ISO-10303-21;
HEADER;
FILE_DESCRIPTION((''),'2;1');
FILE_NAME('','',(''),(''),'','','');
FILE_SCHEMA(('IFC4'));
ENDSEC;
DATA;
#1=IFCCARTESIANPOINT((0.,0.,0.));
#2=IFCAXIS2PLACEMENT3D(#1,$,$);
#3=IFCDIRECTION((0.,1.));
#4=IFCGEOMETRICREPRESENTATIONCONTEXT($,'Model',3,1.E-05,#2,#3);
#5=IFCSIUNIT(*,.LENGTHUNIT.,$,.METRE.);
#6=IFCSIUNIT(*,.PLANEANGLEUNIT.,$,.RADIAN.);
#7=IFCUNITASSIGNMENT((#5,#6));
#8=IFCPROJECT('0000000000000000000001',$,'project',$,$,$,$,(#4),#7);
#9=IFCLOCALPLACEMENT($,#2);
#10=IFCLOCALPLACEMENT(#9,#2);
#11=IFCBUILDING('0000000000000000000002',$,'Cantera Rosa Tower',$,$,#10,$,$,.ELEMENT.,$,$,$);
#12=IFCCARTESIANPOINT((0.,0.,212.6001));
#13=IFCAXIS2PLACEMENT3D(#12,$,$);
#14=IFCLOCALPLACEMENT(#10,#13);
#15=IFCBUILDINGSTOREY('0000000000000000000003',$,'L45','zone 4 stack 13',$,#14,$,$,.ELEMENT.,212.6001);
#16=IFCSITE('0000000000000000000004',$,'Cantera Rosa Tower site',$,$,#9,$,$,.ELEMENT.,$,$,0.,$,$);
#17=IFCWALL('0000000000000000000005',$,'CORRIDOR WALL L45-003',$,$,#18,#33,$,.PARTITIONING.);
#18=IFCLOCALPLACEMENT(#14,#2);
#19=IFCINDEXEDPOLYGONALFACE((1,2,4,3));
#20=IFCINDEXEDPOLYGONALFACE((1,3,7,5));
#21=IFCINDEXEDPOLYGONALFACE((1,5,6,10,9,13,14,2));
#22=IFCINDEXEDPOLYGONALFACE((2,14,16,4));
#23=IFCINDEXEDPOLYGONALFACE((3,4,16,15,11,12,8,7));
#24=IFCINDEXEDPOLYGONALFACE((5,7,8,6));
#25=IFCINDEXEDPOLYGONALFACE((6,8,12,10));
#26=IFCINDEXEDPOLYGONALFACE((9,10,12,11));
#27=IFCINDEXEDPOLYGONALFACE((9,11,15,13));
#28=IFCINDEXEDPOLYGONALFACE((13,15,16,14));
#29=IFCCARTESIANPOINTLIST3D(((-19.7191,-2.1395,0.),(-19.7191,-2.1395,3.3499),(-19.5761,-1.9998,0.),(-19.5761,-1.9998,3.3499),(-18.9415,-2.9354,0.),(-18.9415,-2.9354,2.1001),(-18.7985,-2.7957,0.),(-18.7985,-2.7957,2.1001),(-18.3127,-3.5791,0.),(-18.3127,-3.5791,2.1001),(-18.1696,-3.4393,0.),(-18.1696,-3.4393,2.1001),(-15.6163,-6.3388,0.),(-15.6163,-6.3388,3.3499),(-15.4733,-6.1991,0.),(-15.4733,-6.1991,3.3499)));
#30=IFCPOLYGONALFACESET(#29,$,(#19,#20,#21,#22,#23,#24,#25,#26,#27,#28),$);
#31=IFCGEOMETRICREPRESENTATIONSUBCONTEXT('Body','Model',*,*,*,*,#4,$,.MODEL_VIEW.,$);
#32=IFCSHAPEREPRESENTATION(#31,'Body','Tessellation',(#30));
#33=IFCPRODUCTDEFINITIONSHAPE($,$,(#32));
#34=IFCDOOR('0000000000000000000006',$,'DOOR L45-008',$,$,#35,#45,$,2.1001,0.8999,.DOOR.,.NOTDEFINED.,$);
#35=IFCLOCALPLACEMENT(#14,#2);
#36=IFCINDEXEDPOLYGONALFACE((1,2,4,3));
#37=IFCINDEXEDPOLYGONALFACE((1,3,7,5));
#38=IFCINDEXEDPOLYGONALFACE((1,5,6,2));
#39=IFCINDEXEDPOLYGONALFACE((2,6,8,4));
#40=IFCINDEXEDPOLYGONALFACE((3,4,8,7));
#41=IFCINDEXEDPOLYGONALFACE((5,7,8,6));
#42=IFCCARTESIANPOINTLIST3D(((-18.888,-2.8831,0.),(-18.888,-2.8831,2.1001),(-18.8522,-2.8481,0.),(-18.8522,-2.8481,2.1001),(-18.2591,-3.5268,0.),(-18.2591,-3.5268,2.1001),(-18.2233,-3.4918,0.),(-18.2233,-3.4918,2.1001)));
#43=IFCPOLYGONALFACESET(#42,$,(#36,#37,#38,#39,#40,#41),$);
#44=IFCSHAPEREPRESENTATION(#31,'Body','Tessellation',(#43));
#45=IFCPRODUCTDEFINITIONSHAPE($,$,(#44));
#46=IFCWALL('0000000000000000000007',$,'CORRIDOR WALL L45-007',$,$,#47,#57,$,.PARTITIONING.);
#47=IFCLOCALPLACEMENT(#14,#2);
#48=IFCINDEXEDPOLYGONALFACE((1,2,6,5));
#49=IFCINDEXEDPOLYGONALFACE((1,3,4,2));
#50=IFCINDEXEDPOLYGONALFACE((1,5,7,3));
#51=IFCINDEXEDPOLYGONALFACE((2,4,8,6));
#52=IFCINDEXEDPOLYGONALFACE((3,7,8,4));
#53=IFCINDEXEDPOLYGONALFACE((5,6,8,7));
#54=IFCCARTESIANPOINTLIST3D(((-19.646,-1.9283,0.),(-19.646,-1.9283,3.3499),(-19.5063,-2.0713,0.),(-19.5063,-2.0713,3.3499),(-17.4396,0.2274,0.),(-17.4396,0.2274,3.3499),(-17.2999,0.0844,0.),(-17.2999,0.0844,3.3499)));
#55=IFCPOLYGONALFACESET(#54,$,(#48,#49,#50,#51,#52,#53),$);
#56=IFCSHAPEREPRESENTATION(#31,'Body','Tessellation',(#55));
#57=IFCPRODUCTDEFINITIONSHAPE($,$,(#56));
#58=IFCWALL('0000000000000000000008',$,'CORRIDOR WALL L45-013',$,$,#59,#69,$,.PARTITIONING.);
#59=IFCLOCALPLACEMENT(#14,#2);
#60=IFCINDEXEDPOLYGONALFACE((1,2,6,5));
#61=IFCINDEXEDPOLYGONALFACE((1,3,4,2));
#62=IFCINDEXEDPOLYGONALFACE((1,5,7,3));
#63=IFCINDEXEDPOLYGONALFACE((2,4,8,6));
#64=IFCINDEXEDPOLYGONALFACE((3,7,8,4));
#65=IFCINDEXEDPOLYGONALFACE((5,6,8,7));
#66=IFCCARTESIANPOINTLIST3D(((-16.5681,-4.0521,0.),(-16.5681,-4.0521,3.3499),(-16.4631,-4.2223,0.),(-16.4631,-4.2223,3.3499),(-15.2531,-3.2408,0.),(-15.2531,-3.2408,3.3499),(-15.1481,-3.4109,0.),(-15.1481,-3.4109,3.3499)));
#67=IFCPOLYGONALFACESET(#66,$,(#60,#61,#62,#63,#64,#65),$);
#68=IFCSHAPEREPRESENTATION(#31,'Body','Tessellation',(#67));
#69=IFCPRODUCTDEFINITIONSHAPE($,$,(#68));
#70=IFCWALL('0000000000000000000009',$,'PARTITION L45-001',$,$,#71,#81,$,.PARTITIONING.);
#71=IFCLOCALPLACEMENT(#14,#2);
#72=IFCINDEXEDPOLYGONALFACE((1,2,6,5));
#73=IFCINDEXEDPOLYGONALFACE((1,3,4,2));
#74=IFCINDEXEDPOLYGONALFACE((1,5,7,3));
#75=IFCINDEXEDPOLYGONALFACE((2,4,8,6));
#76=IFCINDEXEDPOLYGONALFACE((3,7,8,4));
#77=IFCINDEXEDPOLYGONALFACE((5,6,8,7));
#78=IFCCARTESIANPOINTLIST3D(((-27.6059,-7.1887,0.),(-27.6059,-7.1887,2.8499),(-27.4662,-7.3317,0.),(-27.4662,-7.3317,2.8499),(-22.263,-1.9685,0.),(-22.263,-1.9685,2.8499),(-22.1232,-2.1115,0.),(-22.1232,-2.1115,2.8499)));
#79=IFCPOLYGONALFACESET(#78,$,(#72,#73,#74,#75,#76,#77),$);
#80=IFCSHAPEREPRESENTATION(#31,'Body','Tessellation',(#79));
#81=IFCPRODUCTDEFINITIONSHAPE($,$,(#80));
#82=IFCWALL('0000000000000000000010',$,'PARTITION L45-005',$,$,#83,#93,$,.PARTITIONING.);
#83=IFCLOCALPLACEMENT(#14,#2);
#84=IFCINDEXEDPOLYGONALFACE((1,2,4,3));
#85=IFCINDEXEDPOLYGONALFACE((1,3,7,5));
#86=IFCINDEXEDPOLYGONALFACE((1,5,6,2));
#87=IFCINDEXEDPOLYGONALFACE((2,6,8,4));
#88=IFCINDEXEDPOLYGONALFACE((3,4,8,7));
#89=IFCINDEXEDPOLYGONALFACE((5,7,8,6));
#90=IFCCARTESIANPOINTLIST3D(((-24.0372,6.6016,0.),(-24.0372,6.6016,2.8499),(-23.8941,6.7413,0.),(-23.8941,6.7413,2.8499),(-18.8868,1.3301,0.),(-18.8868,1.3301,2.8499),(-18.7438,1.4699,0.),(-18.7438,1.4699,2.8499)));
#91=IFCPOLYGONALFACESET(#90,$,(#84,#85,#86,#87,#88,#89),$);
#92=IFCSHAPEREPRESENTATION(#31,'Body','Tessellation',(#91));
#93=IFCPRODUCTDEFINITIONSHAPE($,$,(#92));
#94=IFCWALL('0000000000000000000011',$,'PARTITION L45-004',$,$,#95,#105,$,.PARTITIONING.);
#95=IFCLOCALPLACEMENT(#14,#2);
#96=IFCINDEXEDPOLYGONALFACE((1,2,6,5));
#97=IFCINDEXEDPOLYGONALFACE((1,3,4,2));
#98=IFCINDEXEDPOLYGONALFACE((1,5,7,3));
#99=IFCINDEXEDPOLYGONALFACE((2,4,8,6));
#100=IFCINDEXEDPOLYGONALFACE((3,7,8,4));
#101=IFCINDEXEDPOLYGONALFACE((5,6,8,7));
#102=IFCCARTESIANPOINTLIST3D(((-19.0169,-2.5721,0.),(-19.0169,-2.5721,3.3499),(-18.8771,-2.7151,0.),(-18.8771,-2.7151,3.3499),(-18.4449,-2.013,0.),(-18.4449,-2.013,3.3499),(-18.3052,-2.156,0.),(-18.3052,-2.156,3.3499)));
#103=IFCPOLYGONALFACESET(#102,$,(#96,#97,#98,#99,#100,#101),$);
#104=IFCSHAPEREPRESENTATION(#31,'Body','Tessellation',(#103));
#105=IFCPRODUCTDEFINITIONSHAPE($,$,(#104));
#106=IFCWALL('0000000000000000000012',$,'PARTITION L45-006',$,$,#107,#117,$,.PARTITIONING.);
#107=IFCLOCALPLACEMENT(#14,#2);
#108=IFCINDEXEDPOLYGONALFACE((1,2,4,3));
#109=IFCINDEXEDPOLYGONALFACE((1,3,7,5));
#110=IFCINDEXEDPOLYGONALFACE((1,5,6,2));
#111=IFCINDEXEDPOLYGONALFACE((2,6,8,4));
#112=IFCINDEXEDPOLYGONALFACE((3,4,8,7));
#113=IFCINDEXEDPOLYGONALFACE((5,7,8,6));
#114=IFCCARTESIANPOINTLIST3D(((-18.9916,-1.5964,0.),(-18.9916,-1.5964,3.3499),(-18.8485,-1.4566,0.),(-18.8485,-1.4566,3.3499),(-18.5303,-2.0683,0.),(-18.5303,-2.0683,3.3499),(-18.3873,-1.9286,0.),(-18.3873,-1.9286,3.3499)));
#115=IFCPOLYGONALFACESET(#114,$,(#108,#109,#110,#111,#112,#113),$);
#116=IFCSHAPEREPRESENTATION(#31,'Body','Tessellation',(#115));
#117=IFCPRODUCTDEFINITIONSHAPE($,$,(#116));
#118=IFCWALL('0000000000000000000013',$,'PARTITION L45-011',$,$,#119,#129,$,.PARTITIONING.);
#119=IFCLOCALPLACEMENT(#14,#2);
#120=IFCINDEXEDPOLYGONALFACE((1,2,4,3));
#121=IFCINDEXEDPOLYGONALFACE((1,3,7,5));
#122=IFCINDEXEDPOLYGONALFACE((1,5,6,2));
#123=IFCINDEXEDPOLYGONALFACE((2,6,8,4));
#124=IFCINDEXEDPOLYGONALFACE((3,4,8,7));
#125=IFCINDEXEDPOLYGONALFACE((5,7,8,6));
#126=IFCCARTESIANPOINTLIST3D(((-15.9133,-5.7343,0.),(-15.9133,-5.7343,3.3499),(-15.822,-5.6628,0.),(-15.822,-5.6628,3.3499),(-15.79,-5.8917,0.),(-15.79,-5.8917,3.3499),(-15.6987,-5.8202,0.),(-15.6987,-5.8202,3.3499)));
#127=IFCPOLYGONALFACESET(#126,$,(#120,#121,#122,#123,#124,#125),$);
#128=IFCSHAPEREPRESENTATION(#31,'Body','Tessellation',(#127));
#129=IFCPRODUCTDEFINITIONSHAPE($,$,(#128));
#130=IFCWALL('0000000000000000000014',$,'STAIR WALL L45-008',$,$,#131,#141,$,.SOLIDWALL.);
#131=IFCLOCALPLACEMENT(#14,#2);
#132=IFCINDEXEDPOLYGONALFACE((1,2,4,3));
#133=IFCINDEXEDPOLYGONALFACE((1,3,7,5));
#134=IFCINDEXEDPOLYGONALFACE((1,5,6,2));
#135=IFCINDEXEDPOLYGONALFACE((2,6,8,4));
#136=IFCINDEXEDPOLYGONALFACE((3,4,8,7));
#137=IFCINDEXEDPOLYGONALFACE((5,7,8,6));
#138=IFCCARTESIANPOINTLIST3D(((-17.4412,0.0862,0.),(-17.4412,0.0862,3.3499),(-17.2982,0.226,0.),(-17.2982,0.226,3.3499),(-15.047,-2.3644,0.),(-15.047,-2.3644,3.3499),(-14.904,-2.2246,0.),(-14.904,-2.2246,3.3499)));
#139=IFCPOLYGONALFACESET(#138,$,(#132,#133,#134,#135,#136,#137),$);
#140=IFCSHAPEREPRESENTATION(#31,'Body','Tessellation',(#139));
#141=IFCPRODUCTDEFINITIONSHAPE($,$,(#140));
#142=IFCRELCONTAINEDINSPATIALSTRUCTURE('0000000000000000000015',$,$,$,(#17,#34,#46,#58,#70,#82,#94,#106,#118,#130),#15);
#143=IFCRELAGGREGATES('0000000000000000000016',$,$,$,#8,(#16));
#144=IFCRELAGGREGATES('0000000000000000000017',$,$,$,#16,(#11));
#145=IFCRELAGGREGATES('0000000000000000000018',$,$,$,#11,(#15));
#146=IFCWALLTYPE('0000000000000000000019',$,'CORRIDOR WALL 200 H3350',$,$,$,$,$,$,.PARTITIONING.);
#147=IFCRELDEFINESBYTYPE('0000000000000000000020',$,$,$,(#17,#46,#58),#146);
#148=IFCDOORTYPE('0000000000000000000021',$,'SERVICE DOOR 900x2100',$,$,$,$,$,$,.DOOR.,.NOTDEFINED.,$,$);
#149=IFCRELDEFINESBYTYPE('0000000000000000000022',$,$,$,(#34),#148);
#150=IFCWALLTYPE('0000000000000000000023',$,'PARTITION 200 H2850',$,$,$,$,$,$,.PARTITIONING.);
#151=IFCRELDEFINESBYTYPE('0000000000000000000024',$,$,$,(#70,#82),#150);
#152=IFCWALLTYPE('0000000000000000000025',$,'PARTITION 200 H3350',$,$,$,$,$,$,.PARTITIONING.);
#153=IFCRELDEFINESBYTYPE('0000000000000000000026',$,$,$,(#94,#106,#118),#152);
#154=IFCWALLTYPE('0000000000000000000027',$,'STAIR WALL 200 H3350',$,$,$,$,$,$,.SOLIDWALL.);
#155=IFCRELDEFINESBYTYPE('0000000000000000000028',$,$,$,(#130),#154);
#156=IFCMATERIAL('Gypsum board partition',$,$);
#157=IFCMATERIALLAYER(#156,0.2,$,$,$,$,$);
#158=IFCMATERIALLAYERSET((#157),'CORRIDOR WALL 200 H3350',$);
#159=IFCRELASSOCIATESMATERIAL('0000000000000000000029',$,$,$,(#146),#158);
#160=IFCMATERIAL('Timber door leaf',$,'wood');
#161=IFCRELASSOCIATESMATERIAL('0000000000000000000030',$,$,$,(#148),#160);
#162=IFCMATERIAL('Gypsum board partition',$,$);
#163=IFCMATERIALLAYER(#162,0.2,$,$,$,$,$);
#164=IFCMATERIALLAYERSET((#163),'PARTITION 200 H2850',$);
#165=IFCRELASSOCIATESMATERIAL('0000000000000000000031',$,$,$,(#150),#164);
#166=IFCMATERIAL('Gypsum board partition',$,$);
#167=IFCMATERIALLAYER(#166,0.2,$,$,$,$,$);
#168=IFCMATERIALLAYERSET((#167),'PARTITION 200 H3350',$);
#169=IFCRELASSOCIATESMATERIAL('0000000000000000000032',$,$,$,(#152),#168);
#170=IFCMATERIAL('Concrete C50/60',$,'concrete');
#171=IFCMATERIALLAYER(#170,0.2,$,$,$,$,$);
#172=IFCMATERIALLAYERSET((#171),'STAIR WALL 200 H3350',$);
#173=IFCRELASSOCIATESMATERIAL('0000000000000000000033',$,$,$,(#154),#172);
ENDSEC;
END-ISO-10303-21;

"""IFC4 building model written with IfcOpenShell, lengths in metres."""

from ifc_helpers import new_model, si_unit, direction, frame, frame_2d, origin, place, context, subcontext, project, spatial, rectangle, extrude, material, layer, layer_set, type_object, element, fill, save


model = new_model("IFC4")

# Units and contexts
model_context = context("Model", 3, precision=1e-05, world=origin(), true_north=direction((0.0, 1.0)))
body_context = subcontext(model_context, "Body", "Model", "MODEL_VIEW")
ifc_project = project(units=[si_unit("LENGTHUNIT", "METRE"), si_unit("PLANEANGLEUNIT", "RADIAN")], contexts=[model_context])

# Site, building, storey
site_placement = place(None, origin())
site = spatial("IfcSite", under=ifc_project, at=site_placement, Name="Cantera Rosa Tower site", CompositionType="ELEMENT", RefElevation=0.0)
building_placement = place(site_placement, origin())
building = spatial("IfcBuilding", under=site, at=building_placement, Name="Cantera Rosa Tower", CompositionType="ELEMENT")
storey_placement = place(building_placement, frame((0.0, 0.0, 212.6001)))
storey = spatial("IfcBuildingStorey", under=building, at=storey_placement, Name="L45", Description="zone 4 stack 13", CompositionType="ELEMENT", Elevation=212.6001)

# Shared definitions
ifc_material_1 = material(Name="Gypsum board partition")
ifc_layer_1 = layer(ifc_material_1, 0.2)
ifc_layer_set_1 = layer_set([ifc_layer_1], Name="CORRIDOR WALL 200 H3350")
wall_type_1 = type_object("IfcWallType", Name="CORRIDOR WALL 200 H3350", PredefinedType="PARTITIONING", material=ifc_layer_set_1)

# Wall, opening, door
wall_1_placement = place(storey_placement, frame((-19.6477, -2.0696, 0.0), z_axis=(0.0, 0.0, 1.0), x_axis=(0.698846, -0.715272, 0.0)))
wall_1 = element("IfcWall", 1, at=wall_1_placement, inside=storey, type_object=wall_type_1, Name="CORRIDOR WALL L45-003", PredefinedType="PARTITIONING", context=body_context, shape_type="SweptSolid", body=[
    extrude(rectangle(XDim=5.8708, YDim=0.2, at=frame_2d((2.9355, 0.0))), origin(), (0.0, 0.0, 1.0), 3.3499),
])
opening_1_placement = place(wall_1_placement, frame((1.1128, 0.0, 0.0)))
opening_1 = element("IfcOpeningElement", 2, at=opening_1_placement, cuts=wall_1, PredefinedType="OPENING", context=body_context, shape_type="SweptSolid", body=[
    extrude(rectangle(XDim=0.8999, YDim=2.1001, at=frame_2d((0.45, 1.05))), frame((0.0, 0.1099, 0.0), z_axis=(0.0, -1.0, 0.0), x_axis=(1.0, 0.0, 0.0)), (0.0, 0.0, 1.0), 0.22),
])
ifc_material_2 = material(Name="Timber door leaf", Category="wood")
door_type_1 = type_object("IfcDoorType", Name="SERVICE DOOR 900x2100", OperationType="NOTDEFINED", PredefinedType="DOOR", material=ifc_material_2)
door_1_placement = place(opening_1_placement, origin())
door_1 = element("IfcDoor", 3, at=door_1_placement, inside=storey, type_object=door_type_1, Name="DOOR L45-008", OperationType="NOTDEFINED", OverallHeight=2.1001, OverallWidth=0.8999, PredefinedType="DOOR", context=body_context, shape_type="SweptSolid", body=[
    extrude(rectangle(XDim=0.8999, YDim=2.1001, at=frame_2d((0.45, 1.05))), frame((0.0, 0.0249, 0.0), z_axis=(0.0, -1.0, 0.0), x_axis=(1.0, 0.0, 0.0)), (0.0, 0.0, 1.0), 0.05),
])
fill(opening_1, door_1)

# Walls
wall_2_placement = place(storey_placement, frame((-17.3696, 0.156, 0.0), z_axis=(0.0, 0.0, 1.0), x_axis=(-0.71529, -0.698828, 0.0)))
element("IfcWall", 4, at=wall_2_placement, inside=storey, type_object=wall_type_1, Name="CORRIDOR WALL L45-007", PredefinedType="PARTITIONING", context=body_context, shape_type="SweptSolid", body=[
    extrude(rectangle(XDim=3.0847, YDim=0.2, at=frame_2d((1.5425, 0.0))), origin(), (0.0, 0.0, 1.0), 3.3499),
])
wall_3_placement = place(storey_placement, frame((-15.2007, -3.3259, 0.0), z_axis=(0.0, 0.0, 1.0), x_axis=(-0.851056, -0.525076, 0.0)))
element("IfcWall", 5, at=wall_3_placement, inside=storey, type_object=wall_type_1, Name="CORRIDOR WALL L45-013", PredefinedType="PARTITIONING", context=body_context, shape_type="SweptSolid", body=[
    extrude(rectangle(XDim=1.5452, YDim=0.2, at=frame_2d((0.7725, 0.0))), origin(), (0.0, 0.0, 1.0), 3.3499),
])
ifc_material_3 = material(Name="Gypsum board partition")
ifc_layer_2 = layer(ifc_material_3, 0.2)
ifc_layer_set_2 = layer_set([ifc_layer_2], Name="PARTITION 200 H2850")
wall_type_2 = type_object("IfcWallType", Name="PARTITION 200 H2850", PredefinedType="PARTITIONING", material=ifc_layer_set_2)
wall_4_placement = place(storey_placement, frame((-22.1931, -2.04, 0.0), z_axis=(0.0, 0.0, 1.0), x_axis=(-0.715279, -0.698839, 0.0)))
element("IfcWall", 6, at=wall_4_placement, inside=storey, type_object=wall_type_2, Name="PARTITION L45-001", PredefinedType="PARTITIONING", context=body_context, shape_type="SweptSolid", body=[
    extrude(rectangle(XDim=7.4697, YDim=0.2, at=frame_2d((3.7349, 0.0))), origin(), (0.0, 0.0, 1.0), 2.8499),
])
wall_5_placement = place(storey_placement, frame((-18.8152, 1.3999, 0.0), z_axis=(0.0, 0.0, 1.0), x_axis=(-0.698844, 0.715275, 0.0)))
element("IfcWall", 7, at=wall_5_placement, inside=storey, type_object=wall_type_2, Name="PARTITION L45-005", PredefinedType="PARTITIONING", context=body_context, shape_type="SweptSolid", body=[
    extrude(rectangle(XDim=7.3699, YDim=0.2, at=frame_2d((3.6851, 0.0))), origin(), (0.0, 0.0, 1.0), 2.8499),
])
ifc_material_4 = material(Name="Gypsum board partition")
ifc_layer_3 = layer(ifc_material_4, 0.2)
ifc_layer_set_3 = layer_set([ifc_layer_3], Name="PARTITION 200 H3350")
wall_type_3 = type_object("IfcWallType", Name="PARTITION 200 H3350", PredefinedType="PARTITIONING", material=ifc_layer_set_3)
wall_6_placement = place(storey_placement, frame((-18.947, -2.6436, 0.0), z_axis=(0.0, 0.0, 1.0), x_axis=(0.715149, 0.698972, 0.0)))
element("IfcWall", 8, at=wall_6_placement, inside=storey, type_object=wall_type_3, Name="PARTITION L45-004", PredefinedType="PARTITIONING", context=body_context, shape_type="SweptSolid", body=[
    extrude(rectangle(XDim=0.7998, YDim=0.2, at=frame_2d((0.3999, 0.0))), origin(), (0.0, 0.0, 1.0), 3.3499),
])
wall_7_placement = place(storey_placement, frame((-18.4587, -1.9985, 0.0), z_axis=(0.0, 0.0, 1.0), x_axis=(-0.69892, 0.7152, 0.0)))
element("IfcWall", 9, at=wall_7_placement, inside=storey, type_object=wall_type_3, Name="PARTITION L45-006", PredefinedType="PARTITIONING", context=body_context, shape_type="SweptSolid", body=[
    extrude(rectangle(XDim=0.6599, YDim=0.2, at=frame_2d((0.3301, 0.0))), origin(), (0.0, 0.0, 1.0), 3.3499),
])
wall_8_placement = place(storey_placement, frame((-15.7603, -5.7415, 0.0), z_axis=(0.0, 0.0, 1.0), x_axis=(-0.787194, -0.616705, 0.0)))
element("IfcWall", 10, at=wall_8_placement, inside=storey, type_object=wall_type_3, Name="PARTITION L45-011", PredefinedType="PARTITIONING", context=body_context, shape_type="SweptSolid", body=[
    extrude(rectangle(XDim=0.116, YDim=0.2, at=frame_2d((0.0581, 0.0))), origin(), (0.0, 0.0, 1.0), 3.3499),
])
ifc_material_5 = material(Name="Concrete C50/60", Category="concrete")
ifc_layer_4 = layer(ifc_material_5, 0.2)
ifc_layer_set_4 = layer_set([ifc_layer_4], Name="STAIR WALL 200 H3350")
wall_type_4 = type_object("IfcWallType", Name="STAIR WALL 200 H3350", PredefinedType="SOLIDWALL", material=ifc_layer_set_4)
wall_9_placement = place(storey_placement, frame((-17.3696, 0.156, 0.0), z_axis=(0.0, 0.0, 1.0), x_axis=(0.698829, -0.715289, 0.0)))
element("IfcWall", 11, at=wall_9_placement, inside=storey, type_object=wall_type_4, Name="STAIR WALL L45-008", PredefinedType="SOLIDWALL", context=body_context, shape_type="SweptSolid", body=[
    extrude(rectangle(XDim=3.426, YDim=0.2, at=frame_2d((1.7129, 0.0))), origin(), (0.0, 0.0, 1.0), 3.3499),
])

save(model, "model.ifc")
